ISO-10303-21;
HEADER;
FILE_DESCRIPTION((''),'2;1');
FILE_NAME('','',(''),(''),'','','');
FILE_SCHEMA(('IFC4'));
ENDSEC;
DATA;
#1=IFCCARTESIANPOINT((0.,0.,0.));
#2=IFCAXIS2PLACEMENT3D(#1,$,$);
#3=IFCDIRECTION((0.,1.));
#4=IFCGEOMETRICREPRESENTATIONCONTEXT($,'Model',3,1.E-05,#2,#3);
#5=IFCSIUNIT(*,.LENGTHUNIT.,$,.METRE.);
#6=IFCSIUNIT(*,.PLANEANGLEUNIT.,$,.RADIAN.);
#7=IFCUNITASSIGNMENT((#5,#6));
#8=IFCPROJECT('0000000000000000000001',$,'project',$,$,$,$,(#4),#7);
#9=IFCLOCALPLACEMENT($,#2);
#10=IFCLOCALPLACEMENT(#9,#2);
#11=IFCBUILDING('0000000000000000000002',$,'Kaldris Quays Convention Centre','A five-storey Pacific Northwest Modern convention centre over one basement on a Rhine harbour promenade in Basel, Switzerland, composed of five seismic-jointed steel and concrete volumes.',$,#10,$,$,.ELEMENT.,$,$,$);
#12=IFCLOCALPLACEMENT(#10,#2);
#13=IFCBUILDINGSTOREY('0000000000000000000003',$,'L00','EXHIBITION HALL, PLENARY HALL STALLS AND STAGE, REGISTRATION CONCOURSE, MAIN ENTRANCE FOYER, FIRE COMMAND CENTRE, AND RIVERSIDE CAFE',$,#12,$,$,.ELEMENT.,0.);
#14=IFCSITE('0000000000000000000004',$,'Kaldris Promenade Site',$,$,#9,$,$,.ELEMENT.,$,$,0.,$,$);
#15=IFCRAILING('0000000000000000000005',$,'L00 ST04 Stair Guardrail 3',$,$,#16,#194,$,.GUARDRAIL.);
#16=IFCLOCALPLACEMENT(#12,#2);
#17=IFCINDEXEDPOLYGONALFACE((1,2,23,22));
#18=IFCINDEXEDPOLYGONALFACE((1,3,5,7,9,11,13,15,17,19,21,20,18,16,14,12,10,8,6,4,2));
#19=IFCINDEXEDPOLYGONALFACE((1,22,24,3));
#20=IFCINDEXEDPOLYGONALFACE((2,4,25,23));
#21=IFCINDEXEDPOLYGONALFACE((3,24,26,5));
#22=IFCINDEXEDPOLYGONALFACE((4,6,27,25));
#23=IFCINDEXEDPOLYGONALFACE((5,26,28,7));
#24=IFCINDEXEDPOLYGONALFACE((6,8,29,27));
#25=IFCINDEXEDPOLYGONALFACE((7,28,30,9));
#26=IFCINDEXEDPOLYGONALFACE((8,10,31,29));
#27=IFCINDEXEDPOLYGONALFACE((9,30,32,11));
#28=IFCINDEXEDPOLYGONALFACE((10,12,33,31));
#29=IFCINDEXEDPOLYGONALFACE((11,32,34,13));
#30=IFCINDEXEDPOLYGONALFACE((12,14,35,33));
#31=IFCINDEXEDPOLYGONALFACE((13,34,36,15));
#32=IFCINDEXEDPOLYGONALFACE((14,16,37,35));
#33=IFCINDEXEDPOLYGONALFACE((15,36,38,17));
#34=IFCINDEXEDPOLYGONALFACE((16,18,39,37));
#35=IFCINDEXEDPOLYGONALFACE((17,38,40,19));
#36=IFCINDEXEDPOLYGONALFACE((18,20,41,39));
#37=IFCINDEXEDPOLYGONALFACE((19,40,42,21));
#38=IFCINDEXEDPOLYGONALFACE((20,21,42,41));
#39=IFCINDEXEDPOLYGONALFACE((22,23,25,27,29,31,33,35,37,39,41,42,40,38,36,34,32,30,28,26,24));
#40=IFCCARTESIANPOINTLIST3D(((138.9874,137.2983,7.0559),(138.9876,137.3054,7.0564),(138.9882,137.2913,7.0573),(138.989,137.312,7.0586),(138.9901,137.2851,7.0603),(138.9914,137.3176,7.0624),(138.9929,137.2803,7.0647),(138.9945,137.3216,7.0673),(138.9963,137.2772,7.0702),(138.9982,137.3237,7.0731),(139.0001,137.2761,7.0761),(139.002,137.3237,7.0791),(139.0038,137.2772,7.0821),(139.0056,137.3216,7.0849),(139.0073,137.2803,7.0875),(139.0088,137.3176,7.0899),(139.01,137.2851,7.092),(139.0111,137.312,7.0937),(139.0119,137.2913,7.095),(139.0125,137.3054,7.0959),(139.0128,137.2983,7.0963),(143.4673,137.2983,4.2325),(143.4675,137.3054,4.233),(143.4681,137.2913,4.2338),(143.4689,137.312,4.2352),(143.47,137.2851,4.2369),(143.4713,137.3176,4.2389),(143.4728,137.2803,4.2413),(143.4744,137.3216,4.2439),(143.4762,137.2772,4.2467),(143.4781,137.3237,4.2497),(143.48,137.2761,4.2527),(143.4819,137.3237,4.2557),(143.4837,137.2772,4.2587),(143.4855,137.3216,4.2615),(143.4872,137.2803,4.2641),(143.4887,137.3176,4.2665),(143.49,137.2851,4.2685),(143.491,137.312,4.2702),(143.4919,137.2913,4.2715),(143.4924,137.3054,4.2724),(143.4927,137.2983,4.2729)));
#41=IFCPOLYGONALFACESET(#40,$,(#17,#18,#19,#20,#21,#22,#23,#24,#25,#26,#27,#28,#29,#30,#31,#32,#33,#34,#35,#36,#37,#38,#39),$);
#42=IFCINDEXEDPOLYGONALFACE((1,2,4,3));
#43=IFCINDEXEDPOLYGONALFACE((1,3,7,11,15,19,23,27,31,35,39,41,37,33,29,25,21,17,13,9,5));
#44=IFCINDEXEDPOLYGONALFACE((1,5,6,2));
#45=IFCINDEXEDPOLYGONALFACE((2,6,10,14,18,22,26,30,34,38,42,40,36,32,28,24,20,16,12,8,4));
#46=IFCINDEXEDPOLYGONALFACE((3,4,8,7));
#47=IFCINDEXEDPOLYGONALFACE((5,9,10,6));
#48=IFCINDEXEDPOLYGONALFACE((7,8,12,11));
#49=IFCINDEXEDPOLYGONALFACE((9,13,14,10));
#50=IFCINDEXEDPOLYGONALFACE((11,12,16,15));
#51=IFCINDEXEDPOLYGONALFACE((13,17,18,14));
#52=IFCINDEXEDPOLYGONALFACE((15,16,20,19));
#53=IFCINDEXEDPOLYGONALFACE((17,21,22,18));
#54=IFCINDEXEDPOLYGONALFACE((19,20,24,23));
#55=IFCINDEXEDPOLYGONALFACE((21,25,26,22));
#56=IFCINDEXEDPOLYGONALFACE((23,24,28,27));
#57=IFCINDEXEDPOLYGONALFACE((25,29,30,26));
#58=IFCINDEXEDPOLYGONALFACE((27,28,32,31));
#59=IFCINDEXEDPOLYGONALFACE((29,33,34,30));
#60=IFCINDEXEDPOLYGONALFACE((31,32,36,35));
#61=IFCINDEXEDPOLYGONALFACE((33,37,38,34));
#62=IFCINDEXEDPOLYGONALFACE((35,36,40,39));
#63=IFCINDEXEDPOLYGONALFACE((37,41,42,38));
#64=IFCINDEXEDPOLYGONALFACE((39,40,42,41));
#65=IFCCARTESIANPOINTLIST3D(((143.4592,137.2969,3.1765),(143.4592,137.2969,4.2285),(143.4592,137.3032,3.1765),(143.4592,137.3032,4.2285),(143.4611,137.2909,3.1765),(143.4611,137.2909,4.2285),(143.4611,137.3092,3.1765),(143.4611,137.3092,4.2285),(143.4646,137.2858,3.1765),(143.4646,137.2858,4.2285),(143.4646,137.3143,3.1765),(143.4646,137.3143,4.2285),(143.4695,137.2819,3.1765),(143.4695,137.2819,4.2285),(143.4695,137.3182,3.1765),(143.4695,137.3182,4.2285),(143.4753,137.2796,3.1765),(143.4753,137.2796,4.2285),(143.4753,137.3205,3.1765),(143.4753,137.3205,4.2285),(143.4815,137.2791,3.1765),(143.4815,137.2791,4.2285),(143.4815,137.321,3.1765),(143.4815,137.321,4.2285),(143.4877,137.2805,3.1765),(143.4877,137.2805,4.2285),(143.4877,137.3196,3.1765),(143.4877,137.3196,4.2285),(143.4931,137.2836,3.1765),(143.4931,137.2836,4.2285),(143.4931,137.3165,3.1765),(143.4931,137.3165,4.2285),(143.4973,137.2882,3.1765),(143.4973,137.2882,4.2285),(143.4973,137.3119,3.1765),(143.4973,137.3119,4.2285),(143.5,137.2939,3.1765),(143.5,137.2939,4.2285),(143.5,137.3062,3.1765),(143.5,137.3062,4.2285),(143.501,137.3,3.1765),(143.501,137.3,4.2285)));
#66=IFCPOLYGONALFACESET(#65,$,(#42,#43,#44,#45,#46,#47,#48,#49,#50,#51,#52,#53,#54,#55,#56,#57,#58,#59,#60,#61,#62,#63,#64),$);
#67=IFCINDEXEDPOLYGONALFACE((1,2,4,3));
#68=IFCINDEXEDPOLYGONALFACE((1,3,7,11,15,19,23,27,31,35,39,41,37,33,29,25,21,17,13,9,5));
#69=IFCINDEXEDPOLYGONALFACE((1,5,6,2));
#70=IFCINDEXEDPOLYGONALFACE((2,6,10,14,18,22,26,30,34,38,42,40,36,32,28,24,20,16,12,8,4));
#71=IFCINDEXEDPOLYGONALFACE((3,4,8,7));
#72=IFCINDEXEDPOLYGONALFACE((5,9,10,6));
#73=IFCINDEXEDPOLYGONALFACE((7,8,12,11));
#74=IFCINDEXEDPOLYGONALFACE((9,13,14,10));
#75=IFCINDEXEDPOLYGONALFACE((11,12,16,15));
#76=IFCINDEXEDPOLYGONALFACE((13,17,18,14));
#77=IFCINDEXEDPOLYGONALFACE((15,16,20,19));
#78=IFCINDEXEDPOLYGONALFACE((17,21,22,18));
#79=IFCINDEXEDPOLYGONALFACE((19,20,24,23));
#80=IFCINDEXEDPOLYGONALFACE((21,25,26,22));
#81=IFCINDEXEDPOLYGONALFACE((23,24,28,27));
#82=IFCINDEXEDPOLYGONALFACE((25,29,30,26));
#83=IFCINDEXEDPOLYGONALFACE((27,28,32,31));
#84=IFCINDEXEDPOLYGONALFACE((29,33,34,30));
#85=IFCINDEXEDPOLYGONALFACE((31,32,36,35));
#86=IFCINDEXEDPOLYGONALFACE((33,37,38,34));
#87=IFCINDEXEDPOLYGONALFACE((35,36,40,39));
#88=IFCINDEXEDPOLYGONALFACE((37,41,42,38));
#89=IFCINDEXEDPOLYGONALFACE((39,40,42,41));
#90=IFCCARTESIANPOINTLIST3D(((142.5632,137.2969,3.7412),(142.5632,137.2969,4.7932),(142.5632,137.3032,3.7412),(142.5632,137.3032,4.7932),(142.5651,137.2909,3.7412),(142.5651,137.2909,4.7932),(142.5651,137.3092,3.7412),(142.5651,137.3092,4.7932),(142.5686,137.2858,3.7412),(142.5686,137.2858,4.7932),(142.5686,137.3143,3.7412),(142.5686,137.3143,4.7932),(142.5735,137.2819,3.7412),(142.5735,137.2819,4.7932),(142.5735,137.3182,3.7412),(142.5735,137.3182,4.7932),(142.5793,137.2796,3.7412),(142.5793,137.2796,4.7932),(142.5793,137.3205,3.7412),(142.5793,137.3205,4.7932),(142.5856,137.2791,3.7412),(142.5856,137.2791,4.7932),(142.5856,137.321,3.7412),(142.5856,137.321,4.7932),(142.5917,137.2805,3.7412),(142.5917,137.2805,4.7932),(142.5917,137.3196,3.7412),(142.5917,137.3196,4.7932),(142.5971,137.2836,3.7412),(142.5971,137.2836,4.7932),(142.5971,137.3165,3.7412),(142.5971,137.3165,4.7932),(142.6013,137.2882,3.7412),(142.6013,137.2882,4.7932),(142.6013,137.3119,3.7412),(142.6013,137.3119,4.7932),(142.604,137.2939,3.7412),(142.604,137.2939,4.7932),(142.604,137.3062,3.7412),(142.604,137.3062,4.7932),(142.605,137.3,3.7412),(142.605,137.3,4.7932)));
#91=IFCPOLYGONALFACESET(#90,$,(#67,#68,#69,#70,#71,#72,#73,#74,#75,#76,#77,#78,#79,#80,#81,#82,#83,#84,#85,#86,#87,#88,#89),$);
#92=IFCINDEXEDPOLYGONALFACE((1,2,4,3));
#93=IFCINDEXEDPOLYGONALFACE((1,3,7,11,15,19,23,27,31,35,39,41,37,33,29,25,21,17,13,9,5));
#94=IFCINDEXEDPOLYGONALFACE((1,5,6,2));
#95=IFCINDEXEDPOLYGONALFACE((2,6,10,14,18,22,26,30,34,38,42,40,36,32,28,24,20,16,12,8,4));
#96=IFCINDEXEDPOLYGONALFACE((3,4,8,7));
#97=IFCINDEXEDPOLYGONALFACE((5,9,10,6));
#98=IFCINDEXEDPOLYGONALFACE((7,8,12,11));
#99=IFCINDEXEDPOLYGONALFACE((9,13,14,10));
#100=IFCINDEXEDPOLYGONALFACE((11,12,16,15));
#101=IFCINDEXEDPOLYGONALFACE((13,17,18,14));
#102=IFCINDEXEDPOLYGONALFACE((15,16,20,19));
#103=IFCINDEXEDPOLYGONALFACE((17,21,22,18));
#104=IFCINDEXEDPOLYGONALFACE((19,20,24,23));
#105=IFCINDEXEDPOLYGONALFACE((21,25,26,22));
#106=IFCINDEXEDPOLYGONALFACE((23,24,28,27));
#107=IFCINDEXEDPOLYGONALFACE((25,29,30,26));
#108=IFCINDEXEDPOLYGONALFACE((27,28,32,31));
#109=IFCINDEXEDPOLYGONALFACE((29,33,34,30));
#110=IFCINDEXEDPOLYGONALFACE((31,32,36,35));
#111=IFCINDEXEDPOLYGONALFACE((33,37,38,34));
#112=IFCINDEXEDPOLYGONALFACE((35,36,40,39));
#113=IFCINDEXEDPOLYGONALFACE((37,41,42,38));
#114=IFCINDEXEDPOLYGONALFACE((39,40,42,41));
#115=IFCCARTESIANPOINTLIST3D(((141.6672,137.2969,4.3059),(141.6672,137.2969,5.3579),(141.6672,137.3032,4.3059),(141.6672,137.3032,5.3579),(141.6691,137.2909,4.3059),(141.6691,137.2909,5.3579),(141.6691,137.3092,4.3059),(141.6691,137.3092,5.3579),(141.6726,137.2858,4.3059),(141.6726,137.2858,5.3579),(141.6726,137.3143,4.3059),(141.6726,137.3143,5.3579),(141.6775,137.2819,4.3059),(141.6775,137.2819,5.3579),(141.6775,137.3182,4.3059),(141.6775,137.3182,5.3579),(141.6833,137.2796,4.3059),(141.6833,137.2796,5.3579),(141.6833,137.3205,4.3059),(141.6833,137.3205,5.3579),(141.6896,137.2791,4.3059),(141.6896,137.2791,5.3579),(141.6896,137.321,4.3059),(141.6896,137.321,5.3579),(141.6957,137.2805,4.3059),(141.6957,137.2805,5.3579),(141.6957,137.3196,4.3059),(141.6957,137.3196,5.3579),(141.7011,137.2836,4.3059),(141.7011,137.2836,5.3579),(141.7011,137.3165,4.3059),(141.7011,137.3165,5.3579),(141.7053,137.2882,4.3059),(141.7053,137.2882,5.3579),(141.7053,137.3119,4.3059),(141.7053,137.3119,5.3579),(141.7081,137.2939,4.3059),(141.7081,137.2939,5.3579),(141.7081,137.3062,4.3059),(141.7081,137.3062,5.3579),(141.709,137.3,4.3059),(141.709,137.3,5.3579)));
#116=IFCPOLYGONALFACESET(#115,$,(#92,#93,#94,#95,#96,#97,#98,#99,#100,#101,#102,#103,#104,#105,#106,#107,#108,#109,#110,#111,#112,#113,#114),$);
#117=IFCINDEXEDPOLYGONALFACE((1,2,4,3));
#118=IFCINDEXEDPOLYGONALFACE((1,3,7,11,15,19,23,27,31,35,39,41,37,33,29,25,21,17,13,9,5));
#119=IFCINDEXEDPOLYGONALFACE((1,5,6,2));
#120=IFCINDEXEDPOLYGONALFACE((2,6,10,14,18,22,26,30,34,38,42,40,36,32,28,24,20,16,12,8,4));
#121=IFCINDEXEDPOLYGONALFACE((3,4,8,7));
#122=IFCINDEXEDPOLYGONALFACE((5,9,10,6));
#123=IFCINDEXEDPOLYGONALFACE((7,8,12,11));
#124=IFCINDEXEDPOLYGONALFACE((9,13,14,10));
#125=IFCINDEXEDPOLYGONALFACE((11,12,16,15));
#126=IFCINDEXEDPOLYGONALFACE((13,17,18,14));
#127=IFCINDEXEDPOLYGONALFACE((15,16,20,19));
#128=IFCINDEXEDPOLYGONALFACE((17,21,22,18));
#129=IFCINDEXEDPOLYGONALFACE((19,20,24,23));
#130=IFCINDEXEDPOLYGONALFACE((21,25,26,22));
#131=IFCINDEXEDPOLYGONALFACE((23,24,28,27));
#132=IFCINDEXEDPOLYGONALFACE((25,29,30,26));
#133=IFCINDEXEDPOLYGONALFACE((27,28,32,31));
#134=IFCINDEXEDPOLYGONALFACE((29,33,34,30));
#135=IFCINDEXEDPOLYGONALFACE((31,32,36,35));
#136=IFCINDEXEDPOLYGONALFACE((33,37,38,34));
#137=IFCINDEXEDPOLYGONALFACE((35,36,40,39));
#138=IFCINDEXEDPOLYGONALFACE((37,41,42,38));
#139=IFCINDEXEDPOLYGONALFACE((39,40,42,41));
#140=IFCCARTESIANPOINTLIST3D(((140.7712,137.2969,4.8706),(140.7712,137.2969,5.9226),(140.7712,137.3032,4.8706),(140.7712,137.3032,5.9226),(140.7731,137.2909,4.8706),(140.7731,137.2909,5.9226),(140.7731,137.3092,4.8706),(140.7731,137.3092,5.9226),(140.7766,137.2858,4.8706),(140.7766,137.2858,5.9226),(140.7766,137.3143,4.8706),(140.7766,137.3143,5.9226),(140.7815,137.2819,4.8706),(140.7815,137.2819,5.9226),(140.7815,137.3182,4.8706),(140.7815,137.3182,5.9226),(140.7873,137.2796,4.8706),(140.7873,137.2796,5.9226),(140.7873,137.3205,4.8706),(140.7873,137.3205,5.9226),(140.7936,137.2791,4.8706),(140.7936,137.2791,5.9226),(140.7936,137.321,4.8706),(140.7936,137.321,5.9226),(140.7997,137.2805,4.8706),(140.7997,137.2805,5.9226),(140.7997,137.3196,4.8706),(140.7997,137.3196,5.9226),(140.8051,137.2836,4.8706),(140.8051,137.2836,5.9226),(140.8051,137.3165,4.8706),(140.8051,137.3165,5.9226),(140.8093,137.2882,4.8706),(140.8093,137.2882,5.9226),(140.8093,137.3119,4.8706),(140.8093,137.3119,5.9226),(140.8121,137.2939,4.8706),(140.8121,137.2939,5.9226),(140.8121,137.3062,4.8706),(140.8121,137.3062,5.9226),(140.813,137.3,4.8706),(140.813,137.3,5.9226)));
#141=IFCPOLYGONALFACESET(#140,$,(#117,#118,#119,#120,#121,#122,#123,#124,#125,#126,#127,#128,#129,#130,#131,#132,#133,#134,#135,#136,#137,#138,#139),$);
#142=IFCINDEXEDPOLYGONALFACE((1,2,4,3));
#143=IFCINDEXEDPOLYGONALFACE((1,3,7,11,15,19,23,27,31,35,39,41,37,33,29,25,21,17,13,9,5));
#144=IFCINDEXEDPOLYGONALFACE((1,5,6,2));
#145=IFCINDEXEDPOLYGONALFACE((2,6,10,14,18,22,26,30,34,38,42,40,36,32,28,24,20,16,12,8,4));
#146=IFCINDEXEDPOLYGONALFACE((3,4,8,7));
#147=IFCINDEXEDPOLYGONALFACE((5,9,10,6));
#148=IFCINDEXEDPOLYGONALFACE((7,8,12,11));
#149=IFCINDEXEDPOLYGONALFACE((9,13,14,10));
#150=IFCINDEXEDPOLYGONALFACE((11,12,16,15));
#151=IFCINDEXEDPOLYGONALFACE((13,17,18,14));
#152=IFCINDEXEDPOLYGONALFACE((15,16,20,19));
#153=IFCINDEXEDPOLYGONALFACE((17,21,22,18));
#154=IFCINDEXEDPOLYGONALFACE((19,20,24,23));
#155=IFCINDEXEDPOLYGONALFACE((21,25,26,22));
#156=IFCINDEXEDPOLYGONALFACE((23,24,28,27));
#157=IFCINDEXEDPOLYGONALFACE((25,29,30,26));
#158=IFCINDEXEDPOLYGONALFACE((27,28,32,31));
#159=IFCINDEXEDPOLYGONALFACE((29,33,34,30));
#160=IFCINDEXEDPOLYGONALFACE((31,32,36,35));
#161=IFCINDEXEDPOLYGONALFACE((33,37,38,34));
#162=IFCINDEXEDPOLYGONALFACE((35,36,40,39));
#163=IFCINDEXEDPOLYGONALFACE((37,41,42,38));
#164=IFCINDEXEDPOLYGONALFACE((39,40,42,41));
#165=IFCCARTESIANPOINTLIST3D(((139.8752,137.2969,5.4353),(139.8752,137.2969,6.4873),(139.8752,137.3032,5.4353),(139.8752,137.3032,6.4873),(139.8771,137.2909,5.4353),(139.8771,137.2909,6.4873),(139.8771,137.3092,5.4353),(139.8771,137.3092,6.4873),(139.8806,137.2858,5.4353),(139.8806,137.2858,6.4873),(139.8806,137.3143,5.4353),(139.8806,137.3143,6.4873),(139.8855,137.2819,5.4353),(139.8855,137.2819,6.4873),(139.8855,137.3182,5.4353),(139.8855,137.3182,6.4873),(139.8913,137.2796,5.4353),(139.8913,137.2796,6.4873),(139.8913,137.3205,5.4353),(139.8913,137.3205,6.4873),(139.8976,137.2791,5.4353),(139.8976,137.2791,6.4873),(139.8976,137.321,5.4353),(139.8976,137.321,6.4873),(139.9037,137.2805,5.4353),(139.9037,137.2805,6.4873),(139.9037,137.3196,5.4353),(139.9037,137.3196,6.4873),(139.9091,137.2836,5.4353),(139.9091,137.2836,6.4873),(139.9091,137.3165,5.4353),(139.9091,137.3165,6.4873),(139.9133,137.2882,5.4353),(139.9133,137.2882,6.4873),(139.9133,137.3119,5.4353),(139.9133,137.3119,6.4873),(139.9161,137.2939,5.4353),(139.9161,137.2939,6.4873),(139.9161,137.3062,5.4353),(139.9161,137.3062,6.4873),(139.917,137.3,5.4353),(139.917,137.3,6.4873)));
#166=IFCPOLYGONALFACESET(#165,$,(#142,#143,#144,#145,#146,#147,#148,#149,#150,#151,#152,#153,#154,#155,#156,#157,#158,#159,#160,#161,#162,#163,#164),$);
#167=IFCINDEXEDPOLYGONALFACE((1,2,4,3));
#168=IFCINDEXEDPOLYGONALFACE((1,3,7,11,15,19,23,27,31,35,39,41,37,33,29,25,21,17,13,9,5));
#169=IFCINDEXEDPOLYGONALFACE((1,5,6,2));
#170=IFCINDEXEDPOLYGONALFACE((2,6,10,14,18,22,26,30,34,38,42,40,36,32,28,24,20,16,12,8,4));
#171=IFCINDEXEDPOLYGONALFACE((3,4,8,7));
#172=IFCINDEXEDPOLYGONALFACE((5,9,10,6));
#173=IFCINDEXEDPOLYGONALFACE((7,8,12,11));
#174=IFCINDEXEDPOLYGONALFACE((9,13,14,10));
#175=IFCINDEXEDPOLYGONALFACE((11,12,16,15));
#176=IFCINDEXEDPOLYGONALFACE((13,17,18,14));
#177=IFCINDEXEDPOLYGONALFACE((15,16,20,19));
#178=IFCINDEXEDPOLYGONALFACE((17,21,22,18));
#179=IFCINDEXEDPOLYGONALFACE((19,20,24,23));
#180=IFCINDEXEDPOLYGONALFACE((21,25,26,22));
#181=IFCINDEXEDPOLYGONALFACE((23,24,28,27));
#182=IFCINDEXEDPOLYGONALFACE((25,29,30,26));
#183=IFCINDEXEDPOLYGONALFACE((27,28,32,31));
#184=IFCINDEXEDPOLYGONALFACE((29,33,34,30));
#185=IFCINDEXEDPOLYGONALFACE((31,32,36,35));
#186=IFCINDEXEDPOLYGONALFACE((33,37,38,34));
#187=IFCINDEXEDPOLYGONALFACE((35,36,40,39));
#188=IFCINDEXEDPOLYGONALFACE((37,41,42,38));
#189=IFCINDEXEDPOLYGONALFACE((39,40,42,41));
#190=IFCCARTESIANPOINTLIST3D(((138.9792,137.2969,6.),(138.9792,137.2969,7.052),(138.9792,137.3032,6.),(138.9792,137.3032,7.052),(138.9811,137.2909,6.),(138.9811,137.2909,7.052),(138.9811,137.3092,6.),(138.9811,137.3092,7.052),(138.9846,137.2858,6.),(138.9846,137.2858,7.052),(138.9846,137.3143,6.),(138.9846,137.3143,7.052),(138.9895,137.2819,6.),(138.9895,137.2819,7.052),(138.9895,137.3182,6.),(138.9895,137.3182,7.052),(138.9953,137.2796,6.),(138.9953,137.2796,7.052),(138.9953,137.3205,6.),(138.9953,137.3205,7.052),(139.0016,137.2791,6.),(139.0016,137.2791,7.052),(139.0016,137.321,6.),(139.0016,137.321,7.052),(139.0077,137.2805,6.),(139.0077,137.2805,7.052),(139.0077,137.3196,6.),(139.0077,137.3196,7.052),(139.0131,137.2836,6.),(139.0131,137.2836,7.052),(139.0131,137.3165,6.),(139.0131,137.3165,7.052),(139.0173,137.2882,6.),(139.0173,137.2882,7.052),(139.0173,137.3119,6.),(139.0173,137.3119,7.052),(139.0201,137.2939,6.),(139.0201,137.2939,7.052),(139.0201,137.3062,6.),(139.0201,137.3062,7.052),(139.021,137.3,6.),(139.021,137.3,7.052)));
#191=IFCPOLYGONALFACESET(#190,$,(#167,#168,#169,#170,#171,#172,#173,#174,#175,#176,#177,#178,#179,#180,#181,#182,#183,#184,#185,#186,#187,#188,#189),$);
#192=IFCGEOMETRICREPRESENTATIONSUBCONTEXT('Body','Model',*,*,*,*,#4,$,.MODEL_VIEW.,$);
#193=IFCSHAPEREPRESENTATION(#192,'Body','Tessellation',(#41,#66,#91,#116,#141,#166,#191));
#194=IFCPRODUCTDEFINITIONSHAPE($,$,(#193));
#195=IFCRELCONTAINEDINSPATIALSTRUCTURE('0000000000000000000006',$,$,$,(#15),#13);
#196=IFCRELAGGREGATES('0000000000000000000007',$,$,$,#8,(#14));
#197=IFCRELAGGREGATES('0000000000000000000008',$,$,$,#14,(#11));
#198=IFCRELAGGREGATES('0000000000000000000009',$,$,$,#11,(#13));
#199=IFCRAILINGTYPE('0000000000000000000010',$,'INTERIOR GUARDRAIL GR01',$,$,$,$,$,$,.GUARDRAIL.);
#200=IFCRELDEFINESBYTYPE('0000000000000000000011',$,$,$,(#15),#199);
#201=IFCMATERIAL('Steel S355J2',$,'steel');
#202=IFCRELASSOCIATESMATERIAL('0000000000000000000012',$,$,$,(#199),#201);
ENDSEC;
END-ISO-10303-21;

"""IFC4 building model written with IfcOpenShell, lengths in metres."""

from ifc_helpers import new_model, si_unit, direction, frame, origin, origin_2d, place, context, subcontext, project, spatial, circle, extrude, material, type_object, element, save


model = new_model("IFC4")

# Units and contexts
model_context = context("Model", 3, precision=1e-05, world=origin(), true_north=direction((0.0, 1.0)))
body_context = subcontext(model_context, "Body", "Model", "MODEL_VIEW")
ifc_project = project(units=[si_unit("LENGTHUNIT", "METRE"), si_unit("PLANEANGLEUNIT", "RADIAN")], contexts=[model_context])

# Site, building, storey
site_placement = place(None, origin())
site = spatial("IfcSite", under=ifc_project, at=site_placement, Name="Kaldris Promenade Site", CompositionType="ELEMENT", RefElevation=0.0)
building_placement = place(site_placement, origin())
building = spatial("IfcBuilding", under=site, at=building_placement, Name="Kaldris Quays Convention Centre", Description="A five-storey Pacific Northwest Modern convention centre over one basement on a Rhine harbour promenade in Basel, Switzerland, composed of five seismic-jointed steel and concrete volumes.", CompositionType="ELEMENT")
storey_placement = place(building_placement, origin())
storey = spatial("IfcBuildingStorey", under=building, at=storey_placement, Name="L00", Description="EXHIBITION HALL, PLENARY HALL STALLS AND STAGE, REGISTRATION CONCOURSE, MAIN ENTRANCE FOYER, FIRE COMMAND CENTRE, AND RIVERSIDE CAFE", CompositionType="ELEMENT", Elevation=0.0)

# Shared definitions
ifc_material_1 = material(Name="Steel S355J2", Category="steel")

# Railing
railing_type_1 = type_object("IfcRailingType", Name="INTERIOR GUARDRAIL GR01", PredefinedType="GUARDRAIL", material=ifc_material_1)
railing_1_placement = place(storey_placement, frame((143.48, 137.3, 3.1765)))
element("IfcRailing", 1, at=railing_1_placement, inside=storey, type_object=railing_type_1, Name="L00 ST04 Stair Guardrail 3", PredefinedType="GUARDRAIL", context=body_context, shape_type="SweptSolid", body=[
    extrude(circle(Radius=0.0239, at=origin_2d()), frame((0.0, 0.0, 1.0762), z_axis=(-0.845998, 0.0, 0.533186), x_axis=(0.0, -1.0, 0.0)), (0.0, 0.0, 1.0), 5.2954),
    extrude(circle(Radius=0.021, at=origin_2d()), origin(), (0.0, 0.0, 1.0), 1.052),
    extrude(circle(Radius=0.021, at=origin_2d()), frame((-0.896, 0.0, 0.5647)), (0.0, 0.0, 1.0), 1.052),
    extrude(circle(Radius=0.021, at=origin_2d()), frame((-1.792, 0.0, 1.1294)), (0.0, 0.0, 1.0), 1.052),
    extrude(circle(Radius=0.021, at=origin_2d()), frame((-2.688, 0.0, 1.6941)), (0.0, 0.0, 1.0), 1.052),
    extrude(circle(Radius=0.021, at=origin_2d()), frame((-3.584, 0.0, 2.2588)), (0.0, 0.0, 1.0), 1.052),
    extrude(circle(Radius=0.021, at=origin_2d()), frame((-4.48, 0.0, 2.8235)), (0.0, 0.0, 1.0), 1.052),
])

save(model, "model.ifc")
